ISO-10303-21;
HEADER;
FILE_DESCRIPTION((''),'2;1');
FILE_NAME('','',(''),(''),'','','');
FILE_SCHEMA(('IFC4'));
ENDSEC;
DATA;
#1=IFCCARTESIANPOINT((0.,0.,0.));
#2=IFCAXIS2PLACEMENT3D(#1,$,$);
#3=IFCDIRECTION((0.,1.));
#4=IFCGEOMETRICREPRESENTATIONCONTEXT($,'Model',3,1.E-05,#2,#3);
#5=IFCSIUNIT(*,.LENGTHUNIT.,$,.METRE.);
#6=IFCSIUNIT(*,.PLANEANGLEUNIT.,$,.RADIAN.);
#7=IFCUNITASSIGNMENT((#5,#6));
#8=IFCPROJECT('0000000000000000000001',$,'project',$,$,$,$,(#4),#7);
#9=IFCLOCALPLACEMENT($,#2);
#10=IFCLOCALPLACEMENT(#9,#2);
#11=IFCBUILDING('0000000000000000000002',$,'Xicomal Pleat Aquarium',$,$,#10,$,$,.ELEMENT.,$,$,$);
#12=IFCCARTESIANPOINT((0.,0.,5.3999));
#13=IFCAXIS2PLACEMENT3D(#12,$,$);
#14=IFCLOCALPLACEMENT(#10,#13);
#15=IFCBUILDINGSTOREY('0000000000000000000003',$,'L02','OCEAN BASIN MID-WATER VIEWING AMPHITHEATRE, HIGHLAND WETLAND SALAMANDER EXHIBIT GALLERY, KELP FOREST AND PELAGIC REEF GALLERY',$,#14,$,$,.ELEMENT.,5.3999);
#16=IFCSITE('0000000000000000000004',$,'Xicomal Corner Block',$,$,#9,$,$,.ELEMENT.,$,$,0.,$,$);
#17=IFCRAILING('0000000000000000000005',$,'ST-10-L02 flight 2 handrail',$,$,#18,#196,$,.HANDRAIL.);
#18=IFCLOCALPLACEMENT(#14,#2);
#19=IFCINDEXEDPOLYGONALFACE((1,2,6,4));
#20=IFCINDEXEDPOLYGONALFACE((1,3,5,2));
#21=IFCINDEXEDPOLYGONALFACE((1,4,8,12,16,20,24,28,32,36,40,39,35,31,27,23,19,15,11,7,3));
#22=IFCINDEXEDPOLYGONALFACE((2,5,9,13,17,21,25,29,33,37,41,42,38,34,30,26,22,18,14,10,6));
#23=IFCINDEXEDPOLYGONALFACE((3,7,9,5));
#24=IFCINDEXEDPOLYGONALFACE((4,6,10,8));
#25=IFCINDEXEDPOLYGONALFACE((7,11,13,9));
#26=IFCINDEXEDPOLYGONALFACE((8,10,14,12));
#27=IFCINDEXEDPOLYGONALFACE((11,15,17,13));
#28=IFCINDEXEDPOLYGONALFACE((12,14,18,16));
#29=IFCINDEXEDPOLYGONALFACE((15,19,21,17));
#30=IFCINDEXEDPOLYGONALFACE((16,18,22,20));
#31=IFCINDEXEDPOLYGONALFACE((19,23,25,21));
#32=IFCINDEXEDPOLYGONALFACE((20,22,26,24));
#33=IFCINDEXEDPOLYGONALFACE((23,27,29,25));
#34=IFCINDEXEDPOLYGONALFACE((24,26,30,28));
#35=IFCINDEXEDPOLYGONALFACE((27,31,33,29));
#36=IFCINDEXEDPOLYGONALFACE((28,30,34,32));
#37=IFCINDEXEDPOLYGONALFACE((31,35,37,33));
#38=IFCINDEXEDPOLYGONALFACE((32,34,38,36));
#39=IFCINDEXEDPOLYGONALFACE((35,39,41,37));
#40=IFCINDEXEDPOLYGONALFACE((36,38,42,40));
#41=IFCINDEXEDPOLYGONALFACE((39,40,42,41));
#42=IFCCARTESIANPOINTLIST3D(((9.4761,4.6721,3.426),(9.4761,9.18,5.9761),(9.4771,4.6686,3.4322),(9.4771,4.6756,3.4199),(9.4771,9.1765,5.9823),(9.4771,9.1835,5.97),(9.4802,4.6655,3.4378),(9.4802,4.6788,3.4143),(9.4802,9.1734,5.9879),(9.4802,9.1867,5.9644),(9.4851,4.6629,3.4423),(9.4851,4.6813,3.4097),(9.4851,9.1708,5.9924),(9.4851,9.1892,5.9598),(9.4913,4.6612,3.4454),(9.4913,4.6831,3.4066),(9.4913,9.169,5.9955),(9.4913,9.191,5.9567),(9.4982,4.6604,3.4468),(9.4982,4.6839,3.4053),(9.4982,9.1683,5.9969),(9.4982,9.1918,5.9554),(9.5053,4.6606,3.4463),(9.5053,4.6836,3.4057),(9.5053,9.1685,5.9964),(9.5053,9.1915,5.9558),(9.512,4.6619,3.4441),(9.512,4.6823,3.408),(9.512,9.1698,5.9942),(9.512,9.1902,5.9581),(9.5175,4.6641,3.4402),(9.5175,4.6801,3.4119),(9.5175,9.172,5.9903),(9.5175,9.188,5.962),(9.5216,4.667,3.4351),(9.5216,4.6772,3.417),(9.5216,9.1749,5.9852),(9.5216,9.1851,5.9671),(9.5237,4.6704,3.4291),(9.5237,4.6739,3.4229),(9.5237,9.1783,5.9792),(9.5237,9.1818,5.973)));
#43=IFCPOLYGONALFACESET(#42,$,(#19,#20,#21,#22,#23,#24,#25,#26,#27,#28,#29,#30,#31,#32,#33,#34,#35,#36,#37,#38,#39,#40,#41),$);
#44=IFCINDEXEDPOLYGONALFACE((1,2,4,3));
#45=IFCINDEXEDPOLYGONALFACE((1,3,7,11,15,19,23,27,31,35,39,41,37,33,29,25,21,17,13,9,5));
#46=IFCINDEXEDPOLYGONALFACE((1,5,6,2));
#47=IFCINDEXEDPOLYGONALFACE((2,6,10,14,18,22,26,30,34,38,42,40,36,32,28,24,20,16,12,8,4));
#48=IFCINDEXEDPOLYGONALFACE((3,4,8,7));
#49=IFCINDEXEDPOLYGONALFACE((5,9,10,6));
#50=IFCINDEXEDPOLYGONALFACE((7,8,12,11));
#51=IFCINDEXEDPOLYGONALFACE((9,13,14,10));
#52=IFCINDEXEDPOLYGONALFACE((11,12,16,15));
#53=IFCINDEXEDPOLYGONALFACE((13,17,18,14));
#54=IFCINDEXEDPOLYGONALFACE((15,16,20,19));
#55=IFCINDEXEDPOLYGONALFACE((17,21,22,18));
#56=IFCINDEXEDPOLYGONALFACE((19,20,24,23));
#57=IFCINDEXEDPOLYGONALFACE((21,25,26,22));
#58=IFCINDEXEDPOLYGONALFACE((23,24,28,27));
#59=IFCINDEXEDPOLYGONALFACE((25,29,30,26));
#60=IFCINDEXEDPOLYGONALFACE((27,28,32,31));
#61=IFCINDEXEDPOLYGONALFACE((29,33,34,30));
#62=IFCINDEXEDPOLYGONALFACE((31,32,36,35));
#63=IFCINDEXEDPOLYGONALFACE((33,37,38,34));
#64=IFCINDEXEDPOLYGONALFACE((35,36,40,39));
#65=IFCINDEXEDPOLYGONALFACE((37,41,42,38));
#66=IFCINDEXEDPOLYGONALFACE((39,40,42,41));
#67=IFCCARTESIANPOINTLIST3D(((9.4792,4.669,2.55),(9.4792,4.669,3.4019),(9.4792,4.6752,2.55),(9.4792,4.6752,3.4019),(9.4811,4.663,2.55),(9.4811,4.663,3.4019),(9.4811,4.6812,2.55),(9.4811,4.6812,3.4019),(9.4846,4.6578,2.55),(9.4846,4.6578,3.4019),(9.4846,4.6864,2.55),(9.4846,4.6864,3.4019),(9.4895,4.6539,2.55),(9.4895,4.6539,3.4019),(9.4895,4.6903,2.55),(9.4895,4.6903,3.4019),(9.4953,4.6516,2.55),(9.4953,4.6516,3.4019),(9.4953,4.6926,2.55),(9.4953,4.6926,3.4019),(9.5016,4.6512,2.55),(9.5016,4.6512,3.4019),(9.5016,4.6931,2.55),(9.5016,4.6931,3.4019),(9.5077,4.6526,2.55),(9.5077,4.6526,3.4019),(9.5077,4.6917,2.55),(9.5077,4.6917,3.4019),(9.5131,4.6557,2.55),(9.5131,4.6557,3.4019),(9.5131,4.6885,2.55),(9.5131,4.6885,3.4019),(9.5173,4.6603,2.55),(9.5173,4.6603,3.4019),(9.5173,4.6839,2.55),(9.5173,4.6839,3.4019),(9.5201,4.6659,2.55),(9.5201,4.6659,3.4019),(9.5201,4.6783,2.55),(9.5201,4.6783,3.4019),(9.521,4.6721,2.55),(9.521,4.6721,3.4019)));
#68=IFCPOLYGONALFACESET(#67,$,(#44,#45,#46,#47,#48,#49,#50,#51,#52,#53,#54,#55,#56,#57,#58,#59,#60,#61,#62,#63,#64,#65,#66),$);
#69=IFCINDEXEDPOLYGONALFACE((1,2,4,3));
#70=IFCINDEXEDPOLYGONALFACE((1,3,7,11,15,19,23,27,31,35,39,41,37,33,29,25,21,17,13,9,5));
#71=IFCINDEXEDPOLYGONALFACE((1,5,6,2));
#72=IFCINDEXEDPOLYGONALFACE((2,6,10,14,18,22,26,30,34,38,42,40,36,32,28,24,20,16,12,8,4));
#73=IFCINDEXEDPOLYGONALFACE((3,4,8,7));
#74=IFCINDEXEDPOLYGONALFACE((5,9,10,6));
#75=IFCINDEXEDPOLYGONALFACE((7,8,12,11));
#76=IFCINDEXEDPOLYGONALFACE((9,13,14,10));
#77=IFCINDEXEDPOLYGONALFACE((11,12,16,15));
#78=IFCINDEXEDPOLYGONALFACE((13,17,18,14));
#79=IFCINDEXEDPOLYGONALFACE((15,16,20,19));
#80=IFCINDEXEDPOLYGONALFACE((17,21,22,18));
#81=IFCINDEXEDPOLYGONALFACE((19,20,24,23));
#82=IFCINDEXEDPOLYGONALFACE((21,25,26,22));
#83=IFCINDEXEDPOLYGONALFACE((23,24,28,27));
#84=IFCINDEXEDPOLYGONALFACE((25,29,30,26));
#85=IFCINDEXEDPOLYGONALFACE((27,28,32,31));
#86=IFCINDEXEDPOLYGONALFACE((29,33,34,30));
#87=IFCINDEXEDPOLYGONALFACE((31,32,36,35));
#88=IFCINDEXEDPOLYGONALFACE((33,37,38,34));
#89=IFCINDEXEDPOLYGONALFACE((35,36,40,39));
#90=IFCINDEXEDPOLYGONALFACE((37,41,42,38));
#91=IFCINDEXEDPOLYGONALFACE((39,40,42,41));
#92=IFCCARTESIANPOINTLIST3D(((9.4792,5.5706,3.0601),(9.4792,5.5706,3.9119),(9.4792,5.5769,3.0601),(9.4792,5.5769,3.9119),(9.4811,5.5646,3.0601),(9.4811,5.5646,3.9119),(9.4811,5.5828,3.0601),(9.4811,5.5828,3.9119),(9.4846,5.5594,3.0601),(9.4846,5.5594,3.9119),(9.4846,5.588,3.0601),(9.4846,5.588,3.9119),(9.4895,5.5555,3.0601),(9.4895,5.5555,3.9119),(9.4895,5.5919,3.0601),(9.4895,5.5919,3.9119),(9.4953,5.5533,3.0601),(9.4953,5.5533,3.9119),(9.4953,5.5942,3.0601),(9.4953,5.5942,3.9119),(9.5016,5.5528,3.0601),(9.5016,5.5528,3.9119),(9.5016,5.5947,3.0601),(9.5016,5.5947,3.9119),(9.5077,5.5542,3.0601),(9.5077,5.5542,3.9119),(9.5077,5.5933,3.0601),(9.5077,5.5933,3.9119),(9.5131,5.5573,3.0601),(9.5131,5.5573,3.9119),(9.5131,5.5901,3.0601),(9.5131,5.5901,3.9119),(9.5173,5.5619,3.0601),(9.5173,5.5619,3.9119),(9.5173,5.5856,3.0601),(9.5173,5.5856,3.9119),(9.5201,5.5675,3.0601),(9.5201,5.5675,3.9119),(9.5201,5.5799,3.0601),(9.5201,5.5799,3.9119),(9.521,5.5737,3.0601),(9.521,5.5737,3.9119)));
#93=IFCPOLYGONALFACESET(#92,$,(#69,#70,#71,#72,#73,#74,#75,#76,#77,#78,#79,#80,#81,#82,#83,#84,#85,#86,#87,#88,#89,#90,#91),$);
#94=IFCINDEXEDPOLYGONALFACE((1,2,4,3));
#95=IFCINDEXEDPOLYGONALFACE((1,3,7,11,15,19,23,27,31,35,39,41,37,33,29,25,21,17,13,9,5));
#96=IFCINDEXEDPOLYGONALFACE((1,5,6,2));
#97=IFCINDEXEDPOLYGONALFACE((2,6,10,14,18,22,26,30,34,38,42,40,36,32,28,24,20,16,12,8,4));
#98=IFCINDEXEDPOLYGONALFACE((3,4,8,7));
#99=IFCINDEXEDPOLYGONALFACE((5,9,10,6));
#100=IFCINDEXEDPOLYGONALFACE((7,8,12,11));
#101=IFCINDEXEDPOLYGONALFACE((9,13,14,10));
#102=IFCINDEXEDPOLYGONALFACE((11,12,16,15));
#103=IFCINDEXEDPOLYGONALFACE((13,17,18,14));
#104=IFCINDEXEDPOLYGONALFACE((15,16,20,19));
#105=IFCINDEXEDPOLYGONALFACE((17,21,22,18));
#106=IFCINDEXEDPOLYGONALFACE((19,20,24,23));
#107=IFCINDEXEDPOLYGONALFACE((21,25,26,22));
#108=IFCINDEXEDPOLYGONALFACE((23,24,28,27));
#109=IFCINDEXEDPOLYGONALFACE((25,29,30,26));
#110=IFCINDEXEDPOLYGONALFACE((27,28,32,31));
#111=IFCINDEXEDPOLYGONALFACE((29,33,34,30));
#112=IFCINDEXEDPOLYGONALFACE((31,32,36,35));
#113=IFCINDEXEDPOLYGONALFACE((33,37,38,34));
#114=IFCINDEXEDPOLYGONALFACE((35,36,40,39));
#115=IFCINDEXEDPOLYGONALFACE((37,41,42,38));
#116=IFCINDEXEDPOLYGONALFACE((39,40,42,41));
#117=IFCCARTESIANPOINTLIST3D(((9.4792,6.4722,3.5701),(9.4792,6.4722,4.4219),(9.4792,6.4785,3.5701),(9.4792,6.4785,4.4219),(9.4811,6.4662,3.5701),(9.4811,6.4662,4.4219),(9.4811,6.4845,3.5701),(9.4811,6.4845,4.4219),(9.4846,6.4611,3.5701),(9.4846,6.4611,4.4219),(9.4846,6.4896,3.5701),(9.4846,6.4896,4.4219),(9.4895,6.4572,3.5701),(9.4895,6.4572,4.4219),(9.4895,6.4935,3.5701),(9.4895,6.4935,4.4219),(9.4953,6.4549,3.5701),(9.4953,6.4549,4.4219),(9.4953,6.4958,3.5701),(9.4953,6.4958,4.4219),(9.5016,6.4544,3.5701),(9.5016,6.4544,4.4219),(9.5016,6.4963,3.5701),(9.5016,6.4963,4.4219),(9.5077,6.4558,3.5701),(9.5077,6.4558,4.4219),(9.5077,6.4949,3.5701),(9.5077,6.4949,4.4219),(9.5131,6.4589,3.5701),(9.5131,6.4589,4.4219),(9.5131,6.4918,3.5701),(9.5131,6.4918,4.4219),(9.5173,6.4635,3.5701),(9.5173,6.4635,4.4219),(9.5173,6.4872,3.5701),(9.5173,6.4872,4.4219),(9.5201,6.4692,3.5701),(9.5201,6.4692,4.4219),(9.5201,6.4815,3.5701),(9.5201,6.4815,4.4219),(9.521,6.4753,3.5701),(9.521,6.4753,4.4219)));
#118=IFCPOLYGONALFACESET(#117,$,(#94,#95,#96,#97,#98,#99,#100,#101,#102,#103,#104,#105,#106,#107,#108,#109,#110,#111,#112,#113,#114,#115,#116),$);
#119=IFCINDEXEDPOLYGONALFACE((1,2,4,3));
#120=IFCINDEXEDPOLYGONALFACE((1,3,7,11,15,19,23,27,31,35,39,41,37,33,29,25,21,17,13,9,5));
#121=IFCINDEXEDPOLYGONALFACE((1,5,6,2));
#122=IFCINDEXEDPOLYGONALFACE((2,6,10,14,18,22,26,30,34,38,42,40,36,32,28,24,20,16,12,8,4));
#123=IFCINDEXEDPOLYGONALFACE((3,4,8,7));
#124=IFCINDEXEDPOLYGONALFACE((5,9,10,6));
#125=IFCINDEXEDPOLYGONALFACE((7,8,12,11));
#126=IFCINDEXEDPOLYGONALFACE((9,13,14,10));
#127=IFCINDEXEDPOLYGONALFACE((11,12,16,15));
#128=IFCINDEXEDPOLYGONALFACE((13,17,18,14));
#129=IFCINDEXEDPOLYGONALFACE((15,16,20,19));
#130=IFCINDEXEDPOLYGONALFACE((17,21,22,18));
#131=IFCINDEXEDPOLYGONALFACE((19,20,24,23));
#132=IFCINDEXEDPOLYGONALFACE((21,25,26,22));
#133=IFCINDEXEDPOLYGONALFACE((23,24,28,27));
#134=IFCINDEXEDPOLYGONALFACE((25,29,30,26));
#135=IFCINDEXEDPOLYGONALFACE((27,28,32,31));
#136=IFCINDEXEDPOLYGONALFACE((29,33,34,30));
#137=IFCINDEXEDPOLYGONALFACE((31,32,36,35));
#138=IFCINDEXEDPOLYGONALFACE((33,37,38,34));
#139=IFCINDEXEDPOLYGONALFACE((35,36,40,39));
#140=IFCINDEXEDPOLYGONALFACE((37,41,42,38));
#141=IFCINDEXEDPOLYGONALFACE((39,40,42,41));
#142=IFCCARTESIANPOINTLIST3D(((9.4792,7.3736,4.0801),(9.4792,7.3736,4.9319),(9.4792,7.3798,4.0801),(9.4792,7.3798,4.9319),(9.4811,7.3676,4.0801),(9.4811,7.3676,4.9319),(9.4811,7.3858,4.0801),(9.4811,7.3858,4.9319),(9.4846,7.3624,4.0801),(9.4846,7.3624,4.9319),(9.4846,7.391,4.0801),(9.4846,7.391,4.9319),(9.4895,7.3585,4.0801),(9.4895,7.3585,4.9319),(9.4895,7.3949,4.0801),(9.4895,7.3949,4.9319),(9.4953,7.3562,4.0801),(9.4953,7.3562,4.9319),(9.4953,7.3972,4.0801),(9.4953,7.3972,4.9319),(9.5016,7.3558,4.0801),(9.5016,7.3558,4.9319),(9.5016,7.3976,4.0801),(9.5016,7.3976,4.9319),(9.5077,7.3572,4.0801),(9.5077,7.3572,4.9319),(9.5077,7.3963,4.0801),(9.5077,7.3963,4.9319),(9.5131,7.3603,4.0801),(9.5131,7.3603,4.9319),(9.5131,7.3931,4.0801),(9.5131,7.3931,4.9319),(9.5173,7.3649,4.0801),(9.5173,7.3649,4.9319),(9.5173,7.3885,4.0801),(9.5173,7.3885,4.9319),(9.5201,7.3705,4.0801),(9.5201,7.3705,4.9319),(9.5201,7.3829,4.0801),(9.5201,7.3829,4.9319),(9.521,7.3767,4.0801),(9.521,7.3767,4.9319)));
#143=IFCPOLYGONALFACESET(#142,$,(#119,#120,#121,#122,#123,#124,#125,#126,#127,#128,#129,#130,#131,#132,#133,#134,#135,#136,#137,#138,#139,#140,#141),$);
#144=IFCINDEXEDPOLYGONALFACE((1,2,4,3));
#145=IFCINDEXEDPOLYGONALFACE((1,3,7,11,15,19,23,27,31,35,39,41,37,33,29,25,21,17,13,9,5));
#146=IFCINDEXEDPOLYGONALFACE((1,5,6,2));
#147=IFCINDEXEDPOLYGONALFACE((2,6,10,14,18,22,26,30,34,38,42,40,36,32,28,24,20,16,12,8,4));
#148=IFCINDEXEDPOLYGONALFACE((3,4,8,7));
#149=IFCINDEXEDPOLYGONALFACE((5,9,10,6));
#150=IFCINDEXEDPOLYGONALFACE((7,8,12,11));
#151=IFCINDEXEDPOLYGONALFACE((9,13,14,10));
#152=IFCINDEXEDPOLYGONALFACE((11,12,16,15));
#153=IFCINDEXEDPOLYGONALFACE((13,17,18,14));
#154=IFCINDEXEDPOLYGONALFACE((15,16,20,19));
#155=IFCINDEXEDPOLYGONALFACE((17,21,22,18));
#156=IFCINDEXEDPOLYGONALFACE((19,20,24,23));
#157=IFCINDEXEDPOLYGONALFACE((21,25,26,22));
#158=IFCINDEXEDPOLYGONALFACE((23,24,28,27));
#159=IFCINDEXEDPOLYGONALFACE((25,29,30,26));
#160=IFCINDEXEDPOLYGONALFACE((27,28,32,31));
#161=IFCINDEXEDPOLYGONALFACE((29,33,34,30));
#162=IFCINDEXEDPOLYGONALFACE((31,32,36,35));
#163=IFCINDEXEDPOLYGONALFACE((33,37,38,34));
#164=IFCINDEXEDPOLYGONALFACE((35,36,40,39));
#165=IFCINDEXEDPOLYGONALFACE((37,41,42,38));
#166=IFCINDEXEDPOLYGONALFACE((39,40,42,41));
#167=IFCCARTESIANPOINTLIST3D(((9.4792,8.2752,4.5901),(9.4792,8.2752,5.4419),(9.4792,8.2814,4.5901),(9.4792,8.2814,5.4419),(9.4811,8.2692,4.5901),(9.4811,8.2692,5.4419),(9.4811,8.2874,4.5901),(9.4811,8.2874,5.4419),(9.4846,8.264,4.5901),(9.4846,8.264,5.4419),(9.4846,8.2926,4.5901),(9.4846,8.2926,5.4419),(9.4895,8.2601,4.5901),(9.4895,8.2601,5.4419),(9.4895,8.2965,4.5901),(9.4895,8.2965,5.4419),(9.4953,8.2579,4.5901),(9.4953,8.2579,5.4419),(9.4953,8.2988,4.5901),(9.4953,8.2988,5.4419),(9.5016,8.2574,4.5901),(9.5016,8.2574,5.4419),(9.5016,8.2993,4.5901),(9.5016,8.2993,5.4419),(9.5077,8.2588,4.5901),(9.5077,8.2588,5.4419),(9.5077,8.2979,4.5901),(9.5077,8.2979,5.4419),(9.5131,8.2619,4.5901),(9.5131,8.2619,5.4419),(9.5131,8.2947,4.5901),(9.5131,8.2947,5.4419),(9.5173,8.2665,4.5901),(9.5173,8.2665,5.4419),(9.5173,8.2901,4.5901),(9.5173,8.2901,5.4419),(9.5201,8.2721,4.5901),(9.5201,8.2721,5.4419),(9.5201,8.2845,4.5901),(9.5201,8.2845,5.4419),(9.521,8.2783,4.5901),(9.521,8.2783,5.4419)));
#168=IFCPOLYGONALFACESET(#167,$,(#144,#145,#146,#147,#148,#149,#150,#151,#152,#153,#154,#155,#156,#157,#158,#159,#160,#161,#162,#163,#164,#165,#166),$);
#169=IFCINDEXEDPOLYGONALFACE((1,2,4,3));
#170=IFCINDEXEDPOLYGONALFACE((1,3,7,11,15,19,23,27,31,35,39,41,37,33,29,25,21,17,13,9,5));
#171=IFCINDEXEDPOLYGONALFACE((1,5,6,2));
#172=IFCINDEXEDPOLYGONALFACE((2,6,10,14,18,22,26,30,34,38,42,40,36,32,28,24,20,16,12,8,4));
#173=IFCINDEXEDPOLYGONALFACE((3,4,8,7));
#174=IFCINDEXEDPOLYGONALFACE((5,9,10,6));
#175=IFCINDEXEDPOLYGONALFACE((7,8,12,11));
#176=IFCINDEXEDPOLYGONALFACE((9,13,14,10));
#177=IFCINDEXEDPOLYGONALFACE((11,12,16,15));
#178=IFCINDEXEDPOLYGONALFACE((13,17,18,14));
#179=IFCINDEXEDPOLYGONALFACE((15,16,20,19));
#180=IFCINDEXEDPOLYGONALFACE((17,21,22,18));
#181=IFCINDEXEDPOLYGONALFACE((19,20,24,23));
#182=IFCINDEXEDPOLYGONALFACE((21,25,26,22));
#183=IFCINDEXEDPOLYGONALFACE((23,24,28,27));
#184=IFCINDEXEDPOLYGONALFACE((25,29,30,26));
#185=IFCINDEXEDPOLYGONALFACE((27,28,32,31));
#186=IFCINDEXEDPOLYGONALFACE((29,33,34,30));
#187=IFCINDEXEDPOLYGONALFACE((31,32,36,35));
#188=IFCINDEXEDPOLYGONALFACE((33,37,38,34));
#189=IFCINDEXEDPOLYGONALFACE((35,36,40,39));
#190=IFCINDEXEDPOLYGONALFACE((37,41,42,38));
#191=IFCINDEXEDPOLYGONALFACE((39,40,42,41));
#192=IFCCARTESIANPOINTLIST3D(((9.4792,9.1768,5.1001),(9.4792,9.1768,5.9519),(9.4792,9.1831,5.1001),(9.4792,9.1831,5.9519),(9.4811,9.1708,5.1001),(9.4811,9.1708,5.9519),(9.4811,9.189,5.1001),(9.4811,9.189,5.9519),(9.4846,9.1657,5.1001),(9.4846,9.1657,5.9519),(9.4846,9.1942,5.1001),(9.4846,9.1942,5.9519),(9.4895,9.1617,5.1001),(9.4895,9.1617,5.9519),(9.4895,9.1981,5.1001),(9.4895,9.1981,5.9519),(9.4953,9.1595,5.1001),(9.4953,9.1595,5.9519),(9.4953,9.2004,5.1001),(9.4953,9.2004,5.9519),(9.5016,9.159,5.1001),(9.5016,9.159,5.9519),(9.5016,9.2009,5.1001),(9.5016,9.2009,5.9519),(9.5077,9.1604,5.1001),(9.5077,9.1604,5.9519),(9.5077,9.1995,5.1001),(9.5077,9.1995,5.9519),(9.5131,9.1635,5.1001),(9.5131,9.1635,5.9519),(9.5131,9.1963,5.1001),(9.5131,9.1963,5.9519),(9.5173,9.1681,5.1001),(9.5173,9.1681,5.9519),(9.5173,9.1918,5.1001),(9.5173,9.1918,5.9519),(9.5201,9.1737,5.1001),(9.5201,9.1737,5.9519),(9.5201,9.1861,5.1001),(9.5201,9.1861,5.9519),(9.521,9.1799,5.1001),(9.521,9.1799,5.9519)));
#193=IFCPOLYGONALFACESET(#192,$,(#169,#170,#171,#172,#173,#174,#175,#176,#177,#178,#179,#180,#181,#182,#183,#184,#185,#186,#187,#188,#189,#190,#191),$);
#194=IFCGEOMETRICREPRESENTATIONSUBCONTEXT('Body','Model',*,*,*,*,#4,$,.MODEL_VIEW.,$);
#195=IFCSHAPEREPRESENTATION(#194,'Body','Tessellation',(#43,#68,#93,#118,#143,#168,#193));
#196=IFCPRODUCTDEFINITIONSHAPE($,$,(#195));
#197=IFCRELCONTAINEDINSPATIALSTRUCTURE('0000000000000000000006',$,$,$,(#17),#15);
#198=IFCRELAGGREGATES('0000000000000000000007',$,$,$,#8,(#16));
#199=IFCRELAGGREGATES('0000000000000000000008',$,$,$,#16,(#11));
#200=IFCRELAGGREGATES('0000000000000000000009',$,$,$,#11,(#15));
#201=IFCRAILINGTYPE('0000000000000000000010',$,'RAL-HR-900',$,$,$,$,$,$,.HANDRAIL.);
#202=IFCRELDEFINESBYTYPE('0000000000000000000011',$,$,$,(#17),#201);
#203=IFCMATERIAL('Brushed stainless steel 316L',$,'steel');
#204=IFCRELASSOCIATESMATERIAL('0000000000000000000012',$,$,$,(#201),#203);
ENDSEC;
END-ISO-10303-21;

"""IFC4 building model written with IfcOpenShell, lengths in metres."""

from ifc_helpers import new_model, si_unit, direction, frame, origin, origin_2d, place, context, subcontext, project, spatial, circle, extrude, material, type_object, element, save


model = new_model("IFC4")

# Units and contexts
model_context = context("Model", 3, precision=1e-05, world=origin(), true_north=direction((0.0, 1.0)))
body_context = subcontext(model_context, "Body", "Model", "MODEL_VIEW")
ifc_project = project(units=[si_unit("LENGTHUNIT", "METRE"), si_unit("PLANEANGLEUNIT", "RADIAN")], contexts=[model_context])

# Site, building, storey
site_placement = place(None, origin())
site = spatial("IfcSite", under=ifc_project, at=site_placement, Name="Xicomal Corner Block", CompositionType="ELEMENT", RefElevation=0.0)
building_placement = place(site_placement, origin())
building = spatial("IfcBuilding", under=site, at=building_placement, Name="Xicomal Pleat Aquarium", CompositionType="ELEMENT")
storey_placement = place(building_placement, frame((0.0, 0.0, 5.3999)))
storey = spatial("IfcBuildingStorey", under=building, at=storey_placement, Name="L02", Description="OCEAN BASIN MID-WATER VIEWING AMPHITHEATRE, HIGHLAND WETLAND SALAMANDER EXHIBIT GALLERY, KELP FOREST AND PELAGIC REEF GALLERY", CompositionType="ELEMENT", Elevation=5.3999)

# Railing
ifc_material_1 = material(Name="Brushed stainless steel 316L", Category="steel")
railing_type_1 = type_object("IfcRailingType", Name="RAL-HR-900", PredefinedType="HANDRAIL", material=ifc_material_1)
railing_1_placement = place(storey_placement, frame((9.5, 4.6721, 2.55)))
element("IfcRailing", 1, at=railing_1_placement, inside=storey, type_object=railing_type_1, Name="ST-10-L02 flight 2 handrail", PredefinedType="HANDRAIL", context=body_context, shape_type="SweptSolid", body=[
    extrude(circle(Radius=0.0239, at=origin_2d()), frame((0.0, 0.0, 0.876), z_axis=(0.0, 0.870385, 0.492373), x_axis=(-1.0, 0.0, 0.0)), (0.0, 0.0, 1.0), 5.1792),
    extrude(circle(Radius=0.021, at=origin_2d()), origin(), (0.0, 0.0, 1.0), 0.8518),
    extrude(circle(Radius=0.021, at=origin_2d()), frame((0.0, 0.9016, 0.51)), (0.0, 0.0, 1.0), 0.8518),
    extrude(circle(Radius=0.021, at=origin_2d()), frame((0.0, 1.8032, 1.02)), (0.0, 0.0, 1.0), 0.8518),
    extrude(circle(Radius=0.021, at=origin_2d()), frame((0.0, 2.7046, 1.53)), (0.0, 0.0, 1.0), 0.8518),
    extrude(circle(Radius=0.021, at=origin_2d()), frame((0.0, 3.6062, 2.04)), (0.0, 0.0, 1.0), 0.8518),
    extrude(circle(Radius=0.021, at=origin_2d()), frame((0.0, 4.5078, 2.55)), (0.0, 0.0, 1.0), 0.8518),
])

save(model, "model.ifc")
